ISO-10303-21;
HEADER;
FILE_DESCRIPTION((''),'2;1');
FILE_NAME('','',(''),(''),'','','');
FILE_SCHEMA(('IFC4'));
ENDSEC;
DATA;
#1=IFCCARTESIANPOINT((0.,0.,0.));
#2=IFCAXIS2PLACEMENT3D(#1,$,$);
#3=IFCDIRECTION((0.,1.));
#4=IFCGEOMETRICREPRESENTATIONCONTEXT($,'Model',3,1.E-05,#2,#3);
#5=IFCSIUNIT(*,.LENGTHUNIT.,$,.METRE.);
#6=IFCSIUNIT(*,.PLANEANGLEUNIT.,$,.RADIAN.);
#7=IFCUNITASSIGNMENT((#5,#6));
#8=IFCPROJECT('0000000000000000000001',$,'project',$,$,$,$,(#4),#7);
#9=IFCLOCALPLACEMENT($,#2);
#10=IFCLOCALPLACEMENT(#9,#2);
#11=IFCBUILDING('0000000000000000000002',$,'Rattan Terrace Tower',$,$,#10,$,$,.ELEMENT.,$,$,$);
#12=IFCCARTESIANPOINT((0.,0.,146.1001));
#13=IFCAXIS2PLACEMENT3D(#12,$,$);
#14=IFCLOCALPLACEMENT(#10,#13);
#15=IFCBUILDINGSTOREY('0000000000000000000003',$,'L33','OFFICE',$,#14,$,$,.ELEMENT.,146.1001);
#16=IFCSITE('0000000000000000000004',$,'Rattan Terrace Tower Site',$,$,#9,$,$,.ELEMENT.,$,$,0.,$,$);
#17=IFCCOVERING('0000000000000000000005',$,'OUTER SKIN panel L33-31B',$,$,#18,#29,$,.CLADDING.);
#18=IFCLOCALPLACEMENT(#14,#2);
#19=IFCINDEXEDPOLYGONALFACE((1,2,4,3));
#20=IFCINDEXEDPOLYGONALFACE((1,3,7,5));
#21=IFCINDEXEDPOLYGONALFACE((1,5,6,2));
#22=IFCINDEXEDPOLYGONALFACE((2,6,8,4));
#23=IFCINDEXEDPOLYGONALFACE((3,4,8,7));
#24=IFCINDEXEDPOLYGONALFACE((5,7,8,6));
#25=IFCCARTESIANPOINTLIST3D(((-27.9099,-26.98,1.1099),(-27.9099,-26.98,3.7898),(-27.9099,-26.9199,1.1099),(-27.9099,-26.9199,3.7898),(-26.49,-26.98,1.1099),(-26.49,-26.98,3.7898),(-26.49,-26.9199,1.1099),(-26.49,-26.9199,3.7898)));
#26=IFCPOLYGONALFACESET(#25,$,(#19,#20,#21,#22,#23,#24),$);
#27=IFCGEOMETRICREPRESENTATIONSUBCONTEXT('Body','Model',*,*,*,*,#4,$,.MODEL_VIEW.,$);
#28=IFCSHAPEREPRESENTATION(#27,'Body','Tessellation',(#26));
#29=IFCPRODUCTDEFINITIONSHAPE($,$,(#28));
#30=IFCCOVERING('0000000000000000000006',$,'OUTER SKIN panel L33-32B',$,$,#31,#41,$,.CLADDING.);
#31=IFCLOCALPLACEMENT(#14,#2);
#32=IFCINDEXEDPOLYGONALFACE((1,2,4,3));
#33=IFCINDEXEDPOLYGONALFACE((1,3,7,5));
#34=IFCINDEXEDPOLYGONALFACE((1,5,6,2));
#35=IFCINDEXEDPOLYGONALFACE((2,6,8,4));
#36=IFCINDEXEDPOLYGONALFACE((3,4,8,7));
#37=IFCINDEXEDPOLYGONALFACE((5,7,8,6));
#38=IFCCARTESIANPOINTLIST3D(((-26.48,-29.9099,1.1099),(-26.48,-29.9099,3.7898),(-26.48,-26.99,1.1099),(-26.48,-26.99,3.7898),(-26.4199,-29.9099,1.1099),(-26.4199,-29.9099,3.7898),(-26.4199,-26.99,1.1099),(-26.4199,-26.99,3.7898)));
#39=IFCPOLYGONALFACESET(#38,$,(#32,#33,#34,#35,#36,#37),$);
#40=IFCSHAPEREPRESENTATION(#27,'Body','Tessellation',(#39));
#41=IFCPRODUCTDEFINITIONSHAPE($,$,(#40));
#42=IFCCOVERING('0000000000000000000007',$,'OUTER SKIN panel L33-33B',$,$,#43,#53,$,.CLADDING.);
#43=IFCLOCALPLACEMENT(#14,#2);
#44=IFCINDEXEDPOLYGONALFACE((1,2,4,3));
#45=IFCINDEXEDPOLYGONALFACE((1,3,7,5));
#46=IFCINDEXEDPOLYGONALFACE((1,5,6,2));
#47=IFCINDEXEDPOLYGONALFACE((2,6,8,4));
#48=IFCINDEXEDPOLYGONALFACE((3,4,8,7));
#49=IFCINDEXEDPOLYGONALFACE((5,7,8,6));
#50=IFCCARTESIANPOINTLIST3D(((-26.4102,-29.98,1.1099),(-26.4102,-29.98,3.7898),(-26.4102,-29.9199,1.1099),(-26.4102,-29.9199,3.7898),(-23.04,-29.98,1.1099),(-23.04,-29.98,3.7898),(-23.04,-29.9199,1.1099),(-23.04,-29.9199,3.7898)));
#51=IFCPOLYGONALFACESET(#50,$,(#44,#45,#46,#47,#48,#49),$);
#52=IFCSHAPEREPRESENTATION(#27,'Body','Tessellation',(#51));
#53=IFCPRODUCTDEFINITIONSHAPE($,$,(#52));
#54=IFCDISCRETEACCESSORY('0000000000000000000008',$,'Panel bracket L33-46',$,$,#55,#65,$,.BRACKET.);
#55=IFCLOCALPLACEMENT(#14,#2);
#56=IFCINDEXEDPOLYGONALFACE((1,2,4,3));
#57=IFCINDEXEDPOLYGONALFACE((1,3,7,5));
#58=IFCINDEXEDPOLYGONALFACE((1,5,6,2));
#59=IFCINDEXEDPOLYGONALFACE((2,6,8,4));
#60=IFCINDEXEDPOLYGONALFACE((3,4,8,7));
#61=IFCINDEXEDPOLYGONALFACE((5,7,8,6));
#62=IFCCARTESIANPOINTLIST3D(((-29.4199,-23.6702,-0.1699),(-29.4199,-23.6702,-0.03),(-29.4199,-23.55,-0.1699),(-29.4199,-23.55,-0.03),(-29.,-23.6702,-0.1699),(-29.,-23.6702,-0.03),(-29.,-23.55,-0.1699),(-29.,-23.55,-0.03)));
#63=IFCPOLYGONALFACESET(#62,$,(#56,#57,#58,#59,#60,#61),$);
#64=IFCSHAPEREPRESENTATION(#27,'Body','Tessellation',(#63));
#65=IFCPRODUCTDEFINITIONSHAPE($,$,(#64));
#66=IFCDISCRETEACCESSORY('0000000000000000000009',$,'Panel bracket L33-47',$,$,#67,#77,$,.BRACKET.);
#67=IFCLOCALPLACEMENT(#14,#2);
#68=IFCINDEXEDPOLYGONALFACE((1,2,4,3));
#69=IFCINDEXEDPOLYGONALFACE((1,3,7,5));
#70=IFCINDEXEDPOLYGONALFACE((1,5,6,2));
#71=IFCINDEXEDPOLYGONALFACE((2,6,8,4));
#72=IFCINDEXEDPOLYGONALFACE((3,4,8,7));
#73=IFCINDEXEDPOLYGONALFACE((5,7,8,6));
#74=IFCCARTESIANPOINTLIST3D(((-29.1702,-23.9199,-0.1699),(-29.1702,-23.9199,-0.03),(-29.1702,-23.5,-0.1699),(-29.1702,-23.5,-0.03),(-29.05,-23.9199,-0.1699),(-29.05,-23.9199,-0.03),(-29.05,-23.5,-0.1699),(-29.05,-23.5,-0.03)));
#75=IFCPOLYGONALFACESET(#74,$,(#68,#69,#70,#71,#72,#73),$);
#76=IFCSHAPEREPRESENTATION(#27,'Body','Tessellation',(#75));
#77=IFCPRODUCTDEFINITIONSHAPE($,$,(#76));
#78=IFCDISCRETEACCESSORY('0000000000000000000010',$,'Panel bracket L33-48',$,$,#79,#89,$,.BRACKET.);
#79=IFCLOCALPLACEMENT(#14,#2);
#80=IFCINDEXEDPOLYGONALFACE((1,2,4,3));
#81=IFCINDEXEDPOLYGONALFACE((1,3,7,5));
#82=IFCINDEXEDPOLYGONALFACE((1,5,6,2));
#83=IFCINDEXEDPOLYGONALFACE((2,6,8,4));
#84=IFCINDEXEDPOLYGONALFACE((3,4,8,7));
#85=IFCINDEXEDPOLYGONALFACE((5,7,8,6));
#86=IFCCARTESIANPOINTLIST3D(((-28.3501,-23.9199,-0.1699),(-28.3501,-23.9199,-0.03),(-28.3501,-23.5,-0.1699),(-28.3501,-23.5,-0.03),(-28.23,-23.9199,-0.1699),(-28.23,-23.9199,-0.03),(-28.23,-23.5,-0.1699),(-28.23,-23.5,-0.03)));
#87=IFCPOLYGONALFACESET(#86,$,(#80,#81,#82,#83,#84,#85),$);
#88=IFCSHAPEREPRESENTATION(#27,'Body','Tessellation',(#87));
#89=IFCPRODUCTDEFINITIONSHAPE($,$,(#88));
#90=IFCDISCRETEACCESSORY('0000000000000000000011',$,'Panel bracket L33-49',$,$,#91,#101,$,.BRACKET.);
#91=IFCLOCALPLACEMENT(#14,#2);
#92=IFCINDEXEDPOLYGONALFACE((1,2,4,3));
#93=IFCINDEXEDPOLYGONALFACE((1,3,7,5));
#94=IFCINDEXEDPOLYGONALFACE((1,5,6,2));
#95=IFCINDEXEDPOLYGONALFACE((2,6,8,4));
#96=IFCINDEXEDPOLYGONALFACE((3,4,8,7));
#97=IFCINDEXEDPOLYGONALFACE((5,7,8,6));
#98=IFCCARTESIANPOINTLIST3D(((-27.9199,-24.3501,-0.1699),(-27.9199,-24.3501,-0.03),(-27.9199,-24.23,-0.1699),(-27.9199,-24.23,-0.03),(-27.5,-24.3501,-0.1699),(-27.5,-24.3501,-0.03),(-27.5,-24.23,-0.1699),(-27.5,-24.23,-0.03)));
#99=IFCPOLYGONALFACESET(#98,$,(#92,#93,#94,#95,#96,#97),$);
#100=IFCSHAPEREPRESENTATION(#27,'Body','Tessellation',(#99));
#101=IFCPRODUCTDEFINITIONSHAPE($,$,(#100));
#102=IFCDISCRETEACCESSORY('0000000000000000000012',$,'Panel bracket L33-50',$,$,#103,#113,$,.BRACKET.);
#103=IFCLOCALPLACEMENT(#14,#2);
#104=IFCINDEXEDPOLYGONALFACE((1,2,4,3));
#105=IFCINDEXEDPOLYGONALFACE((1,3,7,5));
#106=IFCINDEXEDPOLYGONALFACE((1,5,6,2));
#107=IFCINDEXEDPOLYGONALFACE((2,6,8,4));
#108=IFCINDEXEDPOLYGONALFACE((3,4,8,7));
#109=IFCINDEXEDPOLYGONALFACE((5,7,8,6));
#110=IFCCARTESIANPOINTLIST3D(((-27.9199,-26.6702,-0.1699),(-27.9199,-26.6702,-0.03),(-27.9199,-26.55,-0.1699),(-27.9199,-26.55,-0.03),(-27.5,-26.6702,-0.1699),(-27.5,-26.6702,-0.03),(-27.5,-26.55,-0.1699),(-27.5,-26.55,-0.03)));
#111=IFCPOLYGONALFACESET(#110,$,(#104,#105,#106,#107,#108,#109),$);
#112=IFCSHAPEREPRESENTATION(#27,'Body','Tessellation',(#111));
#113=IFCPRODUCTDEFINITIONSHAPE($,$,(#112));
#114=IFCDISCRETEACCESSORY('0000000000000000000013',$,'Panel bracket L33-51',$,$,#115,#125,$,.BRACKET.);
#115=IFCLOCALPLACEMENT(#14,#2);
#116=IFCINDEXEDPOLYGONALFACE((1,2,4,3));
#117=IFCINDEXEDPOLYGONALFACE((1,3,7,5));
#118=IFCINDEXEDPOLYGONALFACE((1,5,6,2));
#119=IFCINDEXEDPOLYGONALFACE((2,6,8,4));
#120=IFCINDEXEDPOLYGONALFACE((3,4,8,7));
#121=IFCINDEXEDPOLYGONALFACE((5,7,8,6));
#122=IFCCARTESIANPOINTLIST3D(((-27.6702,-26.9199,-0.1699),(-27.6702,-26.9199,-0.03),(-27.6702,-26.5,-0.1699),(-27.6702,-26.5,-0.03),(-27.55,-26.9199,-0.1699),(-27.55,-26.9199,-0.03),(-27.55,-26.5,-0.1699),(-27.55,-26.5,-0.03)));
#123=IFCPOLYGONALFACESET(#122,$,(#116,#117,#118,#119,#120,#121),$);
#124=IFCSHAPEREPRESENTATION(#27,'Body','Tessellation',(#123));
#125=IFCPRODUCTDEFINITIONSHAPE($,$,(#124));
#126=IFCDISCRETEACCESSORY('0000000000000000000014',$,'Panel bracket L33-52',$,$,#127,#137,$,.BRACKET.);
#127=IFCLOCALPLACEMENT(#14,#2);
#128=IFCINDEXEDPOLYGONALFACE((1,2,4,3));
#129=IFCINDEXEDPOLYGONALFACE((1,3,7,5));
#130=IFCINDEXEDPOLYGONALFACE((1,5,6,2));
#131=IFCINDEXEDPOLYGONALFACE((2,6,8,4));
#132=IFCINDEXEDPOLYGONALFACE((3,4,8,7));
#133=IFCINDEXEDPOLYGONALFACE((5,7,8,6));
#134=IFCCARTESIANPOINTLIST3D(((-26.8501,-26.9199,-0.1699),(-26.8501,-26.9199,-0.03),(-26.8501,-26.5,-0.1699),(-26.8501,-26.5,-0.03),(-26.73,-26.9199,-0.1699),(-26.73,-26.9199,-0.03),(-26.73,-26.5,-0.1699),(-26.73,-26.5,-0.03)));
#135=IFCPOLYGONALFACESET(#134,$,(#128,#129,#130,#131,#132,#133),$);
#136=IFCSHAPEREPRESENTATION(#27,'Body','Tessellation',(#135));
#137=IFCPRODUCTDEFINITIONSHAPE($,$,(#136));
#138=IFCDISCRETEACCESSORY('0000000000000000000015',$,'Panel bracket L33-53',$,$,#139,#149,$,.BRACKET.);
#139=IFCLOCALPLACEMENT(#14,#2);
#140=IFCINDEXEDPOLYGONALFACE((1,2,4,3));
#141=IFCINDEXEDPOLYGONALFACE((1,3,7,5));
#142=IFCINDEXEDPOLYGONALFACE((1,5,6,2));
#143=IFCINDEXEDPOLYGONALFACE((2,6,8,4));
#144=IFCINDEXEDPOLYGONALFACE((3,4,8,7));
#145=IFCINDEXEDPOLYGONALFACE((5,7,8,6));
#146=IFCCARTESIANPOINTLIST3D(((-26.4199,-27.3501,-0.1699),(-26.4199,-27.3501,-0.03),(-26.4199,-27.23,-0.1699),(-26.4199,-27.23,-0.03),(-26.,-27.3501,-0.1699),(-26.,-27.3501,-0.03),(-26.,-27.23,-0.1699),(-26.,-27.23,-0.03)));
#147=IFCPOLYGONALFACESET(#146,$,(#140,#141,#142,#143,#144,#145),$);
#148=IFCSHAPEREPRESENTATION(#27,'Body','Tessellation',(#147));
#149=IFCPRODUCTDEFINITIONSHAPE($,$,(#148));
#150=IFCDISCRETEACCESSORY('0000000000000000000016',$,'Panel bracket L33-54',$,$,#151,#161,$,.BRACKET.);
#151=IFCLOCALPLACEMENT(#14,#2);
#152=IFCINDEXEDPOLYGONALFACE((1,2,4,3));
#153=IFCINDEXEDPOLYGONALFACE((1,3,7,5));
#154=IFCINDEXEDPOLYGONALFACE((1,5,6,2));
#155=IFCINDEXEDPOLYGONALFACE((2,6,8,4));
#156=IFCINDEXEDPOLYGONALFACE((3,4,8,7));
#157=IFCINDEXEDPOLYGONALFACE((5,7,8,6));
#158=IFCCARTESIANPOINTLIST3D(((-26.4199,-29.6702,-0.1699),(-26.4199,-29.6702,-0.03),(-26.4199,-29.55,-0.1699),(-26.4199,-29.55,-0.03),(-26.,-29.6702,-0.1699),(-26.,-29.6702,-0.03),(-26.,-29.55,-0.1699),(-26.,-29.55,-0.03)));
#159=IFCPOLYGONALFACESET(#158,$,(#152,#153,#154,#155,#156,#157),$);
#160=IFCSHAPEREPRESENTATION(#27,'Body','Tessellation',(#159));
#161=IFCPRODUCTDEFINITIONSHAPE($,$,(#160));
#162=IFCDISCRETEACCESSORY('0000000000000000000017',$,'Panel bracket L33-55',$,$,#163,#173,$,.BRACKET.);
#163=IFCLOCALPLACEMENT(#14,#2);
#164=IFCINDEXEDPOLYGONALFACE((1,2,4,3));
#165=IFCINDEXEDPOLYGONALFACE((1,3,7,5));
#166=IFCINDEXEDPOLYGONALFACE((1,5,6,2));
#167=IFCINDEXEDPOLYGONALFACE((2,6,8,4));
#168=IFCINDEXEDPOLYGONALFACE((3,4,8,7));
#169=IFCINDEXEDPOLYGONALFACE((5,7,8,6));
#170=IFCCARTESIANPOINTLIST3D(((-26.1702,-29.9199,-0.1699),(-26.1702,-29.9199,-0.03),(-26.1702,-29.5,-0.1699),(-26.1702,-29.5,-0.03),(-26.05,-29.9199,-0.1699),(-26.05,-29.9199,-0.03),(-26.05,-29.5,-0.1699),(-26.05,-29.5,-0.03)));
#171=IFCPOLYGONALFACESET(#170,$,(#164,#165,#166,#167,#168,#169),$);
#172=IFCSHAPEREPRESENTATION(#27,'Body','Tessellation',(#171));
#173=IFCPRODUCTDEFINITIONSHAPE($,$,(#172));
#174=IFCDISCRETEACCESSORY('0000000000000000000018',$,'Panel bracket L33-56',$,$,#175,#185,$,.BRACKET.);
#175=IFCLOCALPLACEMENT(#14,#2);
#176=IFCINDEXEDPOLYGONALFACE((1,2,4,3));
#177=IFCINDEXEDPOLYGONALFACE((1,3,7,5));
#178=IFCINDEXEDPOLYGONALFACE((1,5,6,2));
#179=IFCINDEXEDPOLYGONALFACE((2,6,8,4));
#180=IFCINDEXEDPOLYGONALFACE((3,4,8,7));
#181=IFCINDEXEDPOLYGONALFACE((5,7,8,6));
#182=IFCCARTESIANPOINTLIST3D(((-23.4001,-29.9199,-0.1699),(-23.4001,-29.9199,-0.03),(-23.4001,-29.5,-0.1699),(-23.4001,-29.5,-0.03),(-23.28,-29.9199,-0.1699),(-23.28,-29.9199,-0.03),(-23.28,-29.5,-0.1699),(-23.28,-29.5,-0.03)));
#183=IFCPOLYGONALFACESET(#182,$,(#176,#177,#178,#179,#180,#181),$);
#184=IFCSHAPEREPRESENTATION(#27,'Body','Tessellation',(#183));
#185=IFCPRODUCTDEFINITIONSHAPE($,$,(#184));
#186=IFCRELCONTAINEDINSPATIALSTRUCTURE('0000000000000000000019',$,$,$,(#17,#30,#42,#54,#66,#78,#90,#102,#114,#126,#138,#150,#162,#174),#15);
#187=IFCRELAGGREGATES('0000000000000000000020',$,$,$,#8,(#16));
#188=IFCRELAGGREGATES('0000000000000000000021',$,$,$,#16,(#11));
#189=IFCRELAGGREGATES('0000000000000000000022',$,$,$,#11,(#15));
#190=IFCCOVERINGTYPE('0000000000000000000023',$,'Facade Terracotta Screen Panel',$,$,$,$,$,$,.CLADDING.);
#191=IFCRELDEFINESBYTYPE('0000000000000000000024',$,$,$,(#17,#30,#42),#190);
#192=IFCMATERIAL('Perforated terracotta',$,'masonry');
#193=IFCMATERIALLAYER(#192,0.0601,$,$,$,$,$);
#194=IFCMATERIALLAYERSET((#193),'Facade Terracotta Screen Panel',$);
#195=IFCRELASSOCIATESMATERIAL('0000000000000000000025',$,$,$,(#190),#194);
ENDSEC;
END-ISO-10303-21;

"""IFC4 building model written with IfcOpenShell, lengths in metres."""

from ifc_helpers import new_model, si_unit, direction, frame, origin, origin_2d, place, context, subcontext, project, spatial, rectangle, extrude, material, layer, layer_set, type_object, element, save


model = new_model("IFC4")

# Units and contexts
model_context = context("Model", 3, precision=1e-05, world=origin(), true_north=direction((0.0, 1.0)))
body_context = subcontext(model_context, "Body", "Model", "MODEL_VIEW")
ifc_project = project(units=[si_unit("LENGTHUNIT", "METRE"), si_unit("PLANEANGLEUNIT", "RADIAN")], contexts=[model_context])

# Site, building, storey
site_placement = place(None, origin())
site = spatial("IfcSite", under=ifc_project, at=site_placement, Name="Rattan Terrace Tower Site", CompositionType="ELEMENT", RefElevation=0.0)
building_placement = place(site_placement, origin())
building = spatial("IfcBuilding", under=site, at=building_placement, Name="Rattan Terrace Tower", CompositionType="ELEMENT")
storey_placement = place(building_placement, frame((0.0, 0.0, 146.1001)))
storey = spatial("IfcBuildingStorey", under=building, at=storey_placement, Name="L33", Description="OFFICE", CompositionType="ELEMENT", Elevation=146.1001)

# Coverings
ifc_material_1 = material(Name="Perforated terracotta", Category="masonry")
ifc_layer_1 = layer(ifc_material_1, 0.0601)
ifc_layer_set_1 = layer_set([ifc_layer_1], Name="Facade Terracotta Screen Panel")
covering_type_1 = type_object("IfcCoveringType", Name="Facade Terracotta Screen Panel", PredefinedType="CLADDING", material=ifc_layer_set_1)
covering_1_placement = place(storey_placement, frame((-27.2, -26.95, 1.1099), z_axis=(0.0, 0.0, 1.0), x_axis=(1.0, 0.0, 0.0)))
element("IfcCovering", 1, at=covering_1_placement, inside=storey, type_object=covering_type_1, Name="OUTER SKIN panel L33-31B", PredefinedType="CLADDING", context=body_context, shape_type="SweptSolid", body=[
    extrude(rectangle(XDim=1.4199, YDim=0.0601, at=origin_2d()), origin(), (0.0, 0.0, 1.0), 2.6799),
])
covering_2_placement = place(storey_placement, frame((-26.45, -28.45, 1.1099), z_axis=(0.0, 0.0, 1.0), x_axis=(0.0, -1.0, 0.0)))
element("IfcCovering", 2, at=covering_2_placement, inside=storey, type_object=covering_type_1, Name="OUTER SKIN panel L33-32B", PredefinedType="CLADDING", context=body_context, shape_type="SweptSolid", body=[
    extrude(rectangle(XDim=2.9199, YDim=0.0601, at=origin_2d()), origin(), (0.0, 0.0, 1.0), 2.6799),
])
covering_3_placement = place(storey_placement, frame((-24.7251, -29.95, 1.1099), z_axis=(0.0, 0.0, 1.0), x_axis=(1.0, 0.0, 0.0)))
element("IfcCovering", 3, at=covering_3_placement, inside=storey, type_object=covering_type_1, Name="OUTER SKIN panel L33-33B", PredefinedType="CLADDING", context=body_context, shape_type="SweptSolid", body=[
    extrude(rectangle(XDim=3.3701, YDim=0.0601, at=origin_2d()), origin(), (0.0, 0.0, 1.0), 2.6799),
])

# Discrete accessories
for number, where, z_axis, x_axis, name in (
    (4, (-29.21, -23.6101, -0.1699), (0.0, 0.0, 1.0), (0.0, -1.0, 0.0), "Panel bracket L33-46"),
    (5, (-29.1101, -23.71, -0.1699), (0.0, 0.0, 1.0), (1.0, 0.0, 0.0), "Panel bracket L33-47"),
    (6, (-28.29, -23.71, -0.1699), (0.0, 0.0, 1.0), (1.0, 0.0, 0.0), "Panel bracket L33-48"),
    (7, (-27.71, -24.29, -0.1699), (0.0, 0.0, 1.0), (0.0, -1.0, 0.0), "Panel bracket L33-49"),
    (8, (-27.71, -26.6101, -0.1699), (0.0, 0.0, 1.0), (0.0, -1.0, 0.0), "Panel bracket L33-50"),
    (9, (-27.6101, -26.71, -0.1699), (0.0, 0.0, 1.0), (1.0, 0.0, 0.0), "Panel bracket L33-51"),
    (10, (-26.79, -26.71, -0.1699), (0.0, 0.0, 1.0), (1.0, 0.0, 0.0), "Panel bracket L33-52"),
    (11, (-26.21, -27.29, -0.1699), (0.0, 0.0, 1.0), (0.0, -1.0, 0.0), "Panel bracket L33-53"),
    (12, (-26.21, -29.6101, -0.1699), (0.0, 0.0, 1.0), (0.0, -1.0, 0.0), "Panel bracket L33-54"),
    (13, (-26.1101, -29.71, -0.1699), (0.0, 0.0, 1.0), (1.0, 0.0, 0.0), "Panel bracket L33-55"),
    (14, (-23.3401, -29.71, -0.1699), (0.0, 0.0, 1.0), (1.0, 0.0, 0.0), "Panel bracket L33-56"),
):
    element("IfcDiscreteAccessory", number, at=place(storey_placement, frame(where, z_axis=z_axis, x_axis=x_axis)), inside=storey, Name=name, PredefinedType="BRACKET", context=body_context, shape_type="SweptSolid", body=[
        extrude(rectangle(XDim=0.1201, YDim=0.4199, at=origin_2d()), origin(), (0.0, 0.0, 1.0), 0.1399),
    ])

save(model, "model.ifc")
